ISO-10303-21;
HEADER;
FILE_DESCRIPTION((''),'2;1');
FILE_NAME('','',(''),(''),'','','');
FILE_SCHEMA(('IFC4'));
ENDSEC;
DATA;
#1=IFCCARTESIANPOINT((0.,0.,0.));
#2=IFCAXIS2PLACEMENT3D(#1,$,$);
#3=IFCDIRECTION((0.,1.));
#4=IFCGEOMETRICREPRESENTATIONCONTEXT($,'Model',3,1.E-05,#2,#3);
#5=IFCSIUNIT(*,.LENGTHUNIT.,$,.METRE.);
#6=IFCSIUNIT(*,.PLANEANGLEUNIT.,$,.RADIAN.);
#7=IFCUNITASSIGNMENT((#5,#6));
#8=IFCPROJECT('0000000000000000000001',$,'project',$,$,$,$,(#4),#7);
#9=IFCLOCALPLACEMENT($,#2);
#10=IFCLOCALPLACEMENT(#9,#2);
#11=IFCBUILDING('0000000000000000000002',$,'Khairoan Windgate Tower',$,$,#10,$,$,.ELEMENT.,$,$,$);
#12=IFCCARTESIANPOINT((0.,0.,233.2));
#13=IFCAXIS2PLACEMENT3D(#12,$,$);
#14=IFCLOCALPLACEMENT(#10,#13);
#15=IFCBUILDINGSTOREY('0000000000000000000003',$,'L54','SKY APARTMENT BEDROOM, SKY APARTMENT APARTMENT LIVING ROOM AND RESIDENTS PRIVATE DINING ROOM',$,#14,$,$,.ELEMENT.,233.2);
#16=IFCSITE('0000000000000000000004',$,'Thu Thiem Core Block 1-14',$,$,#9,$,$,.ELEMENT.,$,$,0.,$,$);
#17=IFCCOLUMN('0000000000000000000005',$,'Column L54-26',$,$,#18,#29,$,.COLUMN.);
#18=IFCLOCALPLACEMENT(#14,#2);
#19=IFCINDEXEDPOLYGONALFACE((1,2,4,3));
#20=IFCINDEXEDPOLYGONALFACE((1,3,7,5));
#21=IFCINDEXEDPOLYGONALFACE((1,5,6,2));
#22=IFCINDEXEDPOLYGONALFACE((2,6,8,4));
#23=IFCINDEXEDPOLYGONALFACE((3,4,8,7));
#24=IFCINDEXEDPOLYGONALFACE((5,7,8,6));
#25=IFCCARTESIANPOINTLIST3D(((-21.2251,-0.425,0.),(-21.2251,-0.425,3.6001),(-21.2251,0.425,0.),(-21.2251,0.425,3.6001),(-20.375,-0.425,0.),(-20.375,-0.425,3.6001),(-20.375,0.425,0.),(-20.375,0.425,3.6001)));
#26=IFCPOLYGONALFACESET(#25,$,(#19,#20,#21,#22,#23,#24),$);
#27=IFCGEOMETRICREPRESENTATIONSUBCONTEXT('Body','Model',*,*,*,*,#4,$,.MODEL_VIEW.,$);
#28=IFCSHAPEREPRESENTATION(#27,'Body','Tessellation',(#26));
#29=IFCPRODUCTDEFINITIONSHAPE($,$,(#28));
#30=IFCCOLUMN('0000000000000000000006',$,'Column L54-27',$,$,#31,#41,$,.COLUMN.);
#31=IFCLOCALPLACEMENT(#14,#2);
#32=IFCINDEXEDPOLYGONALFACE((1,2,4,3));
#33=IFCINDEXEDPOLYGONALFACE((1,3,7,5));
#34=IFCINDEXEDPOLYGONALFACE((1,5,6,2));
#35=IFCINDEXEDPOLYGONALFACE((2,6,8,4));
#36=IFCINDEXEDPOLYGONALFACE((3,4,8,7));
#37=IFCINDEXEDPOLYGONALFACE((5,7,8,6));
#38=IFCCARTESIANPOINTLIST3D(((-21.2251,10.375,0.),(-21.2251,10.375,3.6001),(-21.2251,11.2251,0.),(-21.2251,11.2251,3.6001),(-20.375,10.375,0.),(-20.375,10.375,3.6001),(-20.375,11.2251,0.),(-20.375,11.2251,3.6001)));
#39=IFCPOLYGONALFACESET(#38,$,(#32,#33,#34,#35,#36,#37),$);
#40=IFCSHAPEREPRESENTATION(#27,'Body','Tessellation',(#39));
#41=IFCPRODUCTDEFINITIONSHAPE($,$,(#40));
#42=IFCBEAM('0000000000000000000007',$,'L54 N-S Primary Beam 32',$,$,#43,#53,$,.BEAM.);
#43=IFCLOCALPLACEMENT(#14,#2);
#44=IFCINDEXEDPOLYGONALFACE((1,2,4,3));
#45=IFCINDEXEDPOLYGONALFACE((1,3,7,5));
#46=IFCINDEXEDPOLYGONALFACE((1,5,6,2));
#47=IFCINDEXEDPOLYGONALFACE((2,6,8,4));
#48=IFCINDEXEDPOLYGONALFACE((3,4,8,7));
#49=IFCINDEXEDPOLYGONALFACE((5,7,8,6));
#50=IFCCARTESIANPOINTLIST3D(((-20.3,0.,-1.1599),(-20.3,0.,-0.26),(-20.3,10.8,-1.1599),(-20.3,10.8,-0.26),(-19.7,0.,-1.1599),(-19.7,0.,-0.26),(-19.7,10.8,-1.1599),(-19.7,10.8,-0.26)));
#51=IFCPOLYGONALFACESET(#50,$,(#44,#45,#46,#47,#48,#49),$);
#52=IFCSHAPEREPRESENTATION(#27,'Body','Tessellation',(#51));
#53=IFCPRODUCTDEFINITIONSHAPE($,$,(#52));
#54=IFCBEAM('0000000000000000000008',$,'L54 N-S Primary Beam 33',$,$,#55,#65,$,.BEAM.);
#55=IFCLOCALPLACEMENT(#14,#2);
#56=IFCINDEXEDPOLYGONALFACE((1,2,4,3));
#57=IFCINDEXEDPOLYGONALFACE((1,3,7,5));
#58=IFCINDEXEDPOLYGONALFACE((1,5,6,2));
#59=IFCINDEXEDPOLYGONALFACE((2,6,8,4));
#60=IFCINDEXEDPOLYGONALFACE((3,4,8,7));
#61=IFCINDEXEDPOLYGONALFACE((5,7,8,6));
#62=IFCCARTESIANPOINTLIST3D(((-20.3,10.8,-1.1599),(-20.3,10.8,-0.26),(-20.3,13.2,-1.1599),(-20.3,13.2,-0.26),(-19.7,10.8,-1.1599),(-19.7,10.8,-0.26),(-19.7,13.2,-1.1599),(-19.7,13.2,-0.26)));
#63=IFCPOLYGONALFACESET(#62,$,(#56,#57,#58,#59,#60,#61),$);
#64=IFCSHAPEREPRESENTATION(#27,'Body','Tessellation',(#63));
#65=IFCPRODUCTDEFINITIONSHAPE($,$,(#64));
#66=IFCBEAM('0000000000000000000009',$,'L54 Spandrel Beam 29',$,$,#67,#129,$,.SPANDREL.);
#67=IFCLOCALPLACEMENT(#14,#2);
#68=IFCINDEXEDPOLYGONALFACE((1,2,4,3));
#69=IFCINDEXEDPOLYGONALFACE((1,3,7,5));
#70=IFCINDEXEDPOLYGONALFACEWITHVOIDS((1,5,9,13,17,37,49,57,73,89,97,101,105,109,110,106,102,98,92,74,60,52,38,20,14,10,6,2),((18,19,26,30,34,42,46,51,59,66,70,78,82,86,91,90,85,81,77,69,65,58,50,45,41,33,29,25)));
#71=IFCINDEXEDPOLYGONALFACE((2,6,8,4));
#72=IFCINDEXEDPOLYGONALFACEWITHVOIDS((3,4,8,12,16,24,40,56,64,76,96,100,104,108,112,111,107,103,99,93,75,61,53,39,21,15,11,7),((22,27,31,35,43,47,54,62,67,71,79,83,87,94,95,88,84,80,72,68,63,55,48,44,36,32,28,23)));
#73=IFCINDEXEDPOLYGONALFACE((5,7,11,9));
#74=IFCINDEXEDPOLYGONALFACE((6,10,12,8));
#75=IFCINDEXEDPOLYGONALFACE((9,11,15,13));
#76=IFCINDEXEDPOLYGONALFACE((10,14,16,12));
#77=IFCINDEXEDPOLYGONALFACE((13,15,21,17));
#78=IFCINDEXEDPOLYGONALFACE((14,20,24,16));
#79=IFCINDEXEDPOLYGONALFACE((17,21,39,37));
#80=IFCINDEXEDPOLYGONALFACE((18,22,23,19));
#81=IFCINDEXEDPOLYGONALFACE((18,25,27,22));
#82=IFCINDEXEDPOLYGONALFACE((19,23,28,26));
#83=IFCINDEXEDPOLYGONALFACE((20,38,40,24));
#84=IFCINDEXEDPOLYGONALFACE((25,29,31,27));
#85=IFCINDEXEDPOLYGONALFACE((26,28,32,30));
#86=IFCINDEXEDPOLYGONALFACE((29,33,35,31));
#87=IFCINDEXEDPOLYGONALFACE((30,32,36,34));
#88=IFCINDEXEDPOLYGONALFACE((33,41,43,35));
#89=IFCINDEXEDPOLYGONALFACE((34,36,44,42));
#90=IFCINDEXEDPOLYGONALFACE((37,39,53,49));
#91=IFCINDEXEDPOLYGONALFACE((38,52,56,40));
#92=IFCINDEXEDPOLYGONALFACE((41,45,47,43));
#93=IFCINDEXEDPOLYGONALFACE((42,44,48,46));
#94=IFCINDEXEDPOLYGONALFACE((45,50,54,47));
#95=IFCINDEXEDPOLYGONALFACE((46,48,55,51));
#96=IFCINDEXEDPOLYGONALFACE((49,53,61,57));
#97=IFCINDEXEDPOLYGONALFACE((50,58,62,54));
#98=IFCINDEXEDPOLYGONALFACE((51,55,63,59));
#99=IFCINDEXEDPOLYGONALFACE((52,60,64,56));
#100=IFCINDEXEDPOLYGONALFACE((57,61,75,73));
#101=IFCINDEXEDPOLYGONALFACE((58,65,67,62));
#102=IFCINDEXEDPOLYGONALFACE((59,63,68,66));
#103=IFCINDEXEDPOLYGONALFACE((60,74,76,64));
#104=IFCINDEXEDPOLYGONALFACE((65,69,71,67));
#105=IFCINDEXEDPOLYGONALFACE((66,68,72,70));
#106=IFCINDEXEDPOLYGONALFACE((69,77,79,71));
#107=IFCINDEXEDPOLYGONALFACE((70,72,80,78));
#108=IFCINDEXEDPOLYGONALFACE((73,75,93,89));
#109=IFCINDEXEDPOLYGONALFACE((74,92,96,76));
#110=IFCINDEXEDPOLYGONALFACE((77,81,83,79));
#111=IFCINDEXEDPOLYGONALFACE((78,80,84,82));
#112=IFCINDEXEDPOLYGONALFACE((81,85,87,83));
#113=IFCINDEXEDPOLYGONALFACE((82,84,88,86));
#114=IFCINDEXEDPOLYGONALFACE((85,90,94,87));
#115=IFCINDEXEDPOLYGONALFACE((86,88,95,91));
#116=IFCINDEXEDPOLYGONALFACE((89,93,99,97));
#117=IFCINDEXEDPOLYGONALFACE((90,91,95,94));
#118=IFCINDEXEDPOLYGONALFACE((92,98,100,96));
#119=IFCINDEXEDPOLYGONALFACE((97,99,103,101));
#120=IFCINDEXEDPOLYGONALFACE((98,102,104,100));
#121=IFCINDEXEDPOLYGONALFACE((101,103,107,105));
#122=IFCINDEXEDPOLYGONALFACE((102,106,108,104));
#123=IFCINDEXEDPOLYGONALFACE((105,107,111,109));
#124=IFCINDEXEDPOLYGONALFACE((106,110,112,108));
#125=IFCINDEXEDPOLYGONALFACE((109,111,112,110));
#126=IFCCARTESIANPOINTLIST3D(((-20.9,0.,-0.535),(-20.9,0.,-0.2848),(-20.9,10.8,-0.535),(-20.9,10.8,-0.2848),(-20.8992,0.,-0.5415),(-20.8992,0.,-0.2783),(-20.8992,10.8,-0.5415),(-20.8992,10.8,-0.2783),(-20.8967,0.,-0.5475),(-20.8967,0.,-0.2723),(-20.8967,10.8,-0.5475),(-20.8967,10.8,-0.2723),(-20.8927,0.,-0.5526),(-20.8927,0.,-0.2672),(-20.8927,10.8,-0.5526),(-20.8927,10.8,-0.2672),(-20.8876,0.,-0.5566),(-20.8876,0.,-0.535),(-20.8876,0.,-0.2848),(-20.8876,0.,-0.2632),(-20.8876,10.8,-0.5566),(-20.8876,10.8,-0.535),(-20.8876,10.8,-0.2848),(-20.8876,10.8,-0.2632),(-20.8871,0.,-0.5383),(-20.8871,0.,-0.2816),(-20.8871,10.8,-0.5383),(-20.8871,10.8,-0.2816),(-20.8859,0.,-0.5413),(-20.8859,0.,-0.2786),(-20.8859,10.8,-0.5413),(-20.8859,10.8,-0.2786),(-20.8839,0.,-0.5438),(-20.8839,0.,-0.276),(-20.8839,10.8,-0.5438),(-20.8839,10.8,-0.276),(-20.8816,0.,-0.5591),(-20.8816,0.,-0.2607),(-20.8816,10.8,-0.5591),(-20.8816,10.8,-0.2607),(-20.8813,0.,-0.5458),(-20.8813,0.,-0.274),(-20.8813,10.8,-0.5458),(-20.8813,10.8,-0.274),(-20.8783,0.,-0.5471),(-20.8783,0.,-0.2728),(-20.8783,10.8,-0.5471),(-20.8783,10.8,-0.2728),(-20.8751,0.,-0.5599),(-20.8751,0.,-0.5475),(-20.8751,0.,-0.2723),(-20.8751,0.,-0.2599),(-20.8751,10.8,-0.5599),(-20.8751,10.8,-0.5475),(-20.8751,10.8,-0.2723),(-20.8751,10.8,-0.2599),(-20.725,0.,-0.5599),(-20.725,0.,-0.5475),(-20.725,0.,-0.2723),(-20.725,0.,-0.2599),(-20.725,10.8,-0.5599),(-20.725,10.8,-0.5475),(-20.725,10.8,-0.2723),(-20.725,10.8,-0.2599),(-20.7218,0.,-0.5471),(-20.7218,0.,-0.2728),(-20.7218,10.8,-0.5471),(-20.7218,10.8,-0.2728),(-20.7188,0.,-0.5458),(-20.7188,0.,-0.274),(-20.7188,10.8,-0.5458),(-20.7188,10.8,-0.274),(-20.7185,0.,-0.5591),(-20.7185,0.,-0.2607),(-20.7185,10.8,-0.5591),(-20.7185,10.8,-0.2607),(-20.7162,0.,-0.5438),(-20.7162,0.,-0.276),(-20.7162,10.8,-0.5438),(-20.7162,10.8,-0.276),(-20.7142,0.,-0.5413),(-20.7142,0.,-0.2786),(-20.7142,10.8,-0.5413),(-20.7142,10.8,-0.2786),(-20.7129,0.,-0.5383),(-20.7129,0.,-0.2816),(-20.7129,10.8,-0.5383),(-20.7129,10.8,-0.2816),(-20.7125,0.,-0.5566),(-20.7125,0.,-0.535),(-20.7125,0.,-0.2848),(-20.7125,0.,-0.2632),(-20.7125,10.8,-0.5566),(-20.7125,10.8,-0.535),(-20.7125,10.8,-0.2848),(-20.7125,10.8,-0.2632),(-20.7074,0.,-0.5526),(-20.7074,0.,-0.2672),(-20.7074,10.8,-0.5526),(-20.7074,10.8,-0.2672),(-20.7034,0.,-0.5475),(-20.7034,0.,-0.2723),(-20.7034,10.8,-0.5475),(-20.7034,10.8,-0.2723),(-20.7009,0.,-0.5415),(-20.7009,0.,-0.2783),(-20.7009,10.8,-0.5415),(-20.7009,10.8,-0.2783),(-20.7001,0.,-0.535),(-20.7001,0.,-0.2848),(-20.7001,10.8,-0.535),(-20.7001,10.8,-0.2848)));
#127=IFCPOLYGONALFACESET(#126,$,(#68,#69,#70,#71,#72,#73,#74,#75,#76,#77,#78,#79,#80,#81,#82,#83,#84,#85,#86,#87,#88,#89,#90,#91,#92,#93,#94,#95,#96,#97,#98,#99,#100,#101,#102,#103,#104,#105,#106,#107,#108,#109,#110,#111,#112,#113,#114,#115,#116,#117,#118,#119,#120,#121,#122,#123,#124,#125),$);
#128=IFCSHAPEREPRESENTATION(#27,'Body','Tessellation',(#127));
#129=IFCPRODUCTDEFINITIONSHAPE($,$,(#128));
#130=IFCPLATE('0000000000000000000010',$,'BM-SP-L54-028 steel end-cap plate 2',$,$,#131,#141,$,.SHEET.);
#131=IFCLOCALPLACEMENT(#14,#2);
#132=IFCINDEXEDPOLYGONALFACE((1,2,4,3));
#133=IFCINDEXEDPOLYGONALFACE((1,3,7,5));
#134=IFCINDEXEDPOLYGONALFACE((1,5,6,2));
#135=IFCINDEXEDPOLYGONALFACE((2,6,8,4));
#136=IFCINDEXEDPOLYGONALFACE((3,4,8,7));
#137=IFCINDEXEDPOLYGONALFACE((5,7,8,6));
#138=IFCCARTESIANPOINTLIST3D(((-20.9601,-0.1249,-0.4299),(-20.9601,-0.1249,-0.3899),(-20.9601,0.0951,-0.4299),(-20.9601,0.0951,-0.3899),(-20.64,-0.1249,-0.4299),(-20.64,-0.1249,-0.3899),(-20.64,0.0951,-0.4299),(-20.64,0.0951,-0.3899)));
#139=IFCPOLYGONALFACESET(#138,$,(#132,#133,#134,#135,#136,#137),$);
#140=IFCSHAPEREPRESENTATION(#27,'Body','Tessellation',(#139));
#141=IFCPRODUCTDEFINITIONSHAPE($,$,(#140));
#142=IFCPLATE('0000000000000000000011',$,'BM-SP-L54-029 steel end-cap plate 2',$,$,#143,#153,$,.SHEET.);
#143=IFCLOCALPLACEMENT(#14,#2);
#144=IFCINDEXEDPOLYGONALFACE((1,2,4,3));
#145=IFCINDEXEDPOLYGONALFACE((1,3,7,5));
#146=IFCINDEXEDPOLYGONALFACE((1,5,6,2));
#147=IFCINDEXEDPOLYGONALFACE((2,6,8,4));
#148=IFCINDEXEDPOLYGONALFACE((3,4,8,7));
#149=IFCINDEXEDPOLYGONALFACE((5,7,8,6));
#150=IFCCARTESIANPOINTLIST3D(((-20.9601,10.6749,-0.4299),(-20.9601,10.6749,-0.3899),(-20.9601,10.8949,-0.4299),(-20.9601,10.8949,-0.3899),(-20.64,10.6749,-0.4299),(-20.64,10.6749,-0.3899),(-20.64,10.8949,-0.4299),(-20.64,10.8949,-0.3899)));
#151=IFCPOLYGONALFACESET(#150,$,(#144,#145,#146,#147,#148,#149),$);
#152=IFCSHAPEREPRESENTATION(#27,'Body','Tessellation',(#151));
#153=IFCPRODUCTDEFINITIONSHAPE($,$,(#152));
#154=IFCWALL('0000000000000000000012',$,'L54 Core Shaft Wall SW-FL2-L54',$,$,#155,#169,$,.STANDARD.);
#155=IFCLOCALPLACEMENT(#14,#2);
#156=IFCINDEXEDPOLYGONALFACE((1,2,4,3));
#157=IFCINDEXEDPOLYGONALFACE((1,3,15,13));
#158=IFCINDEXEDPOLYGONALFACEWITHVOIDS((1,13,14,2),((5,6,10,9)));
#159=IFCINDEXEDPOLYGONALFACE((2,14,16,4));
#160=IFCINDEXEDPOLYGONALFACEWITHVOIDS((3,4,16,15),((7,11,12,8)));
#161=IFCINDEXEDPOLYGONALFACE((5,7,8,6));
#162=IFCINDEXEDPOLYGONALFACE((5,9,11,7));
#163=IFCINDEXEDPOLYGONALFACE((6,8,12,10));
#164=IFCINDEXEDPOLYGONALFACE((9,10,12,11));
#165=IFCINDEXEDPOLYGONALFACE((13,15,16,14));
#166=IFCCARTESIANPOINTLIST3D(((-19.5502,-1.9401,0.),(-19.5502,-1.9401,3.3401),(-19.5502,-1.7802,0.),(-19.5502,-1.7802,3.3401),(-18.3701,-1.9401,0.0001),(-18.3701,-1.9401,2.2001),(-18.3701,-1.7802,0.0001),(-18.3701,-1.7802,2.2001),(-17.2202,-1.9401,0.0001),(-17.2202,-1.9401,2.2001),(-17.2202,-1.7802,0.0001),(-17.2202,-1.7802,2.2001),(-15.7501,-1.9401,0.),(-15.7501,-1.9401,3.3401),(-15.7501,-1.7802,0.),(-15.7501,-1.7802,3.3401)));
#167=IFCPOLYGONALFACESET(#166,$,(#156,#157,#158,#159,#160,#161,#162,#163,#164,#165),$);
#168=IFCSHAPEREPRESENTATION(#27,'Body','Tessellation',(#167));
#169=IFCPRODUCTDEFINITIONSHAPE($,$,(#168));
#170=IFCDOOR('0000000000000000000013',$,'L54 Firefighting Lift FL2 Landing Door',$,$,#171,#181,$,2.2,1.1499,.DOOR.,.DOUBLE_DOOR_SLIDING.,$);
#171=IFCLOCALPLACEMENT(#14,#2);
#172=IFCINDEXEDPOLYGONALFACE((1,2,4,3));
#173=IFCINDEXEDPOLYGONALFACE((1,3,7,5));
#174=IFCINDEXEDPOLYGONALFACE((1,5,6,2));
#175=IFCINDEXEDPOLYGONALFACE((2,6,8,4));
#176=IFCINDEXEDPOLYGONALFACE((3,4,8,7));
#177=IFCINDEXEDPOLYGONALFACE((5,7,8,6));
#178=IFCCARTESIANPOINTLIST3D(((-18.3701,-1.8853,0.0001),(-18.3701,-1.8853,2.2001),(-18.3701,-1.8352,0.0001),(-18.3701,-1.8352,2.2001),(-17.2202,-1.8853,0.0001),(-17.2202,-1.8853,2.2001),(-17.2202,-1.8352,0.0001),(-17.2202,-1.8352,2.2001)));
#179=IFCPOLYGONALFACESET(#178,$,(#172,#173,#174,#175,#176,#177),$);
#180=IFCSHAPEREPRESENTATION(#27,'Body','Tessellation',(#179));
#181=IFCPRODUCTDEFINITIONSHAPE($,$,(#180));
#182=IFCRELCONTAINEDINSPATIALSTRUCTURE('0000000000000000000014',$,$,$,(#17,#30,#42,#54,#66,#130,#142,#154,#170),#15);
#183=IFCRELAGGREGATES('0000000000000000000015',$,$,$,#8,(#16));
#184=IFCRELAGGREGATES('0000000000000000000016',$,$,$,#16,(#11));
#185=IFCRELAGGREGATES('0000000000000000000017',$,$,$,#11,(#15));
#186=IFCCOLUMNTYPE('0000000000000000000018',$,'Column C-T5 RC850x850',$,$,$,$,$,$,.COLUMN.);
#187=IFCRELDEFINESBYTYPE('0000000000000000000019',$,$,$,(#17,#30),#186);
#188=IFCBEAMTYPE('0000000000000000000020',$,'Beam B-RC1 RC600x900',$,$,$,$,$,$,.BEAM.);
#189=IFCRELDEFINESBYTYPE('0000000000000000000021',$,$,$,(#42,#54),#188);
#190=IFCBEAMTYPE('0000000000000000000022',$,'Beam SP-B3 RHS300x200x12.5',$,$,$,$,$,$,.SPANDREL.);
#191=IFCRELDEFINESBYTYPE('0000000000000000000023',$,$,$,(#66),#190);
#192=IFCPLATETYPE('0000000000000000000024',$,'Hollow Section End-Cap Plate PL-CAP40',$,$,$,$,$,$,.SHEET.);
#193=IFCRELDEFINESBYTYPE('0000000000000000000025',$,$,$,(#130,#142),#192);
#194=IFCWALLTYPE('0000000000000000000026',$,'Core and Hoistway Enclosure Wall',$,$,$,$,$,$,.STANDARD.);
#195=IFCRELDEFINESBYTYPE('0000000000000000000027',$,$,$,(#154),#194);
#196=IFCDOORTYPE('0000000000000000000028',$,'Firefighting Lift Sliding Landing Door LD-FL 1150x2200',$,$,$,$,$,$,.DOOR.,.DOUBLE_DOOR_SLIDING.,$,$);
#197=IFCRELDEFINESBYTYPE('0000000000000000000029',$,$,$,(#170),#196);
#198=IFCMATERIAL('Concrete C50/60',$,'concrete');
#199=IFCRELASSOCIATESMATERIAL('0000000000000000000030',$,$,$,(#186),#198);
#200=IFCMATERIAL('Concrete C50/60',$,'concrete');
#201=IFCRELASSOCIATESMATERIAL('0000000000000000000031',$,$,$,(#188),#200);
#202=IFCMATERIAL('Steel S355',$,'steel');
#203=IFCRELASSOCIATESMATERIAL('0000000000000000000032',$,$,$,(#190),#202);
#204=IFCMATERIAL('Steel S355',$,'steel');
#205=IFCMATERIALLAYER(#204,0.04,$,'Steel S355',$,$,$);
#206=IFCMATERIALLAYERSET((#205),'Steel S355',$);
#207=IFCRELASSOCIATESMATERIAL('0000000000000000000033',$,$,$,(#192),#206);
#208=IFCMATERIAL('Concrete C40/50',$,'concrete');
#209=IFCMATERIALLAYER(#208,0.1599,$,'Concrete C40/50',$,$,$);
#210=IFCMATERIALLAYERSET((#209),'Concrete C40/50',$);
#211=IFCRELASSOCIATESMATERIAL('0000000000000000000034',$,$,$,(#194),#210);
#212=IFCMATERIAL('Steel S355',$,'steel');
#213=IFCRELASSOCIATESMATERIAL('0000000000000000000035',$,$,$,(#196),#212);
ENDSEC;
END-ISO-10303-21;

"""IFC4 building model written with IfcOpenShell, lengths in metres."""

from ifc_helpers import new_model, si_unit, direction, frame, frame_2d, origin, origin_2d, place, context, subcontext, project, spatial, rectangle, hollow_rectangle, extrude, material, layer, layer_set, material_profile, profile_set, type_object, element, fill, save


model = new_model("IFC4")

# Units and contexts
model_context = context("Model", 3, precision=1e-05, world=origin(), true_north=direction((0.0, 1.0)))
body_context = subcontext(model_context, "Body", "Model", "MODEL_VIEW")
ifc_project = project(units=[si_unit("LENGTHUNIT", "METRE"), si_unit("PLANEANGLEUNIT", "RADIAN")], contexts=[model_context])

# Site, building, storey
site_placement = place(None, origin())
site = spatial("IfcSite", under=ifc_project, at=site_placement, Name="Thu Thiem Core Block 1-14", CompositionType="ELEMENT", RefElevation=0.0)
building_placement = place(site_placement, origin())
building = spatial("IfcBuilding", under=site, at=building_placement, Name="Khairoan Windgate Tower", CompositionType="ELEMENT")
storey_placement = place(building_placement, frame((0.0, 0.0, 233.2)))
storey = spatial("IfcBuildingStorey", under=building, at=storey_placement, Name="L54", Description="SKY APARTMENT BEDROOM, SKY APARTMENT APARTMENT LIVING ROOM AND RESIDENTS PRIVATE DINING ROOM", CompositionType="ELEMENT", Elevation=233.2)

# Columns
ifc_material_1 = material(Name="Concrete C50/60", Category="concrete")
ifc_material_profile_1 = material_profile(ifc_material_1, rectangle(XDim=0.8501, YDim=0.8501, at=origin_2d()))
ifc_profile_set_1 = profile_set([ifc_material_profile_1], Name="Concrete C50/60")
column_type = type_object("IfcColumnType", Name="Column C-T5 RC850x850", PredefinedType="COLUMN", material=ifc_profile_set_1)
for number, where, z_axis, x_axis, name in (
    (1, (-20.8, 0.0, 0.0), (0.0, 0.0, 1.0), (1.0, 0.0, 0.0), "Column L54-26"),
    (2, (-20.8, 10.8, 0.0), (0.0, 0.0, 1.0), (1.0, 0.0, 0.0), "Column L54-27"),
):
    element("IfcColumn", number, at=place(storey_placement, frame(where, z_axis=z_axis, x_axis=x_axis)), inside=storey, type_object=column_type, Name=name, PredefinedType="COLUMN", context=body_context, shape_type="SweptSolid", body=[
        extrude(rectangle(XDim=0.8501, YDim=0.8501, at=origin_2d()), origin(), (0.0, 0.0, 1.0), 3.6001),
    ])

# Beams
ifc_material_2 = material(Name="Concrete C50/60", Category="concrete")
ifc_material_profile_2 = material_profile(ifc_material_2, rectangle(XDim=0.6001, YDim=0.8999, at=origin_2d()))
ifc_profile_set_2 = profile_set([ifc_material_profile_2], Name="Concrete C50/60")
beam_type_1 = type_object("IfcBeamType", Name="Beam B-RC1 RC600x900", PredefinedType="BEAM", material=ifc_profile_set_2)
beam_1_placement = place(storey_placement, frame((-20.0, 0.0, -0.71), z_axis=(0.0, 1.0, 0.0), x_axis=(-1.0, 0.0, 0.0)))
element("IfcBeam", 3, at=beam_1_placement, inside=storey, type_object=beam_type_1, Name="L54 N-S Primary Beam 32", PredefinedType="BEAM", context=body_context, shape_type="SweptSolid", body=[
    extrude(rectangle(XDim=0.6001, YDim=0.8999, at=origin_2d()), origin(), (0.0, 0.0, 1.0), 10.8),
])
beam_2_placement = place(storey_placement, frame((-20.0, 10.8, -0.71), z_axis=(0.0, 1.0, 0.0), x_axis=(-1.0, 0.0, 0.0)))
element("IfcBeam", 4, at=beam_2_placement, inside=storey, type_object=beam_type_1, Name="L54 N-S Primary Beam 33", PredefinedType="BEAM", context=body_context, shape_type="SweptSolid", body=[
    extrude(rectangle(XDim=0.6001, YDim=0.8999, at=origin_2d()), origin(), (0.0, 0.0, 1.0), 2.3999),
])
ifc_material_3 = material(Name="Steel S355", Category="steel")
ifc_material_profile_3 = material_profile(ifc_material_3, hollow_rectangle(XDim=0.2, YDim=0.3, WallThickness=0.0125, InnerFilletRadius=0.0125, OuterFilletRadius=0.0249, at=origin_2d()))
ifc_profile_set_3 = profile_set([ifc_material_profile_3], Name="Steel S355")
beam_type_2 = type_object("IfcBeamType", Name="Beam SP-B3 RHS300x200x12.5", PredefinedType="SPANDREL", material=ifc_profile_set_3)
beam_3_placement = place(storey_placement, frame((-20.8, 0.0, -0.4099), z_axis=(0.0, 1.0, 0.0), x_axis=(-1.0, 0.0, 0.0)))
element("IfcBeam", 5, at=beam_3_placement, inside=storey, type_object=beam_type_2, Name="L54 Spandrel Beam 29", PredefinedType="SPANDREL", context=body_context, shape_type="SweptSolid", body=[
    extrude(hollow_rectangle(XDim=0.2, YDim=0.3, WallThickness=0.0125, InnerFilletRadius=0.0125, OuterFilletRadius=0.0249, at=origin_2d()), origin(), (0.0, 0.0, 1.0), 10.8),
])

# Plates
ifc_material_4 = material(Name="Steel S355", Category="steel")
ifc_layer_1 = layer(ifc_material_4, 0.04, Name="Steel S355")
ifc_layer_set_1 = layer_set([ifc_layer_1], Name="Steel S355")
plate_type = type_object("IfcPlateType", Name="Hollow Section End-Cap Plate PL-CAP40", PredefinedType="SHEET", material=ifc_layer_set_1)
for number, where, z_axis, x_axis, name in (
    (6, (-20.8, -0.0149, -0.4299), (0.0, 0.0, 1.0), (0.0, 1.0, 0.0), "BM-SP-L54-028 steel end-cap plate 2"),
    (7, (-20.8, 10.7849, -0.4299), (0.0, 0.0, 1.0), (0.0, 1.0, 0.0), "BM-SP-L54-029 steel end-cap plate 2"),
):
    element("IfcPlate", number, at=place(storey_placement, frame(where, z_axis=z_axis, x_axis=x_axis)), inside=storey, type_object=plate_type, Name=name, PredefinedType="SHEET", context=body_context, shape_type="SweptSolid", body=[
        extrude(rectangle(XDim=0.22, YDim=0.3201, at=origin_2d()), origin(), (0.0, 0.0, 1.0), 0.04),
    ])

# Wall, opening, door
ifc_material_5 = material(Name="Concrete C40/50", Category="concrete")
ifc_layer_2 = layer(ifc_material_5, 0.1599, Name="Concrete C40/50")
ifc_layer_set_2 = layer_set([ifc_layer_2], Name="Concrete C40/50")
wall_type_1 = type_object("IfcWallType", Name="Core and Hoistway Enclosure Wall", PredefinedType="STANDARD", material=ifc_layer_set_2)
wall_1_placement = place(storey_placement, frame((-19.55, -1.8601, 0.0), z_axis=(0.0, 0.0, 1.0), x_axis=(1.0, 0.0, 0.0)))
wall_1 = element("IfcWall", 8, at=wall_1_placement, inside=storey, type_object=wall_type_1, Name="L54 Core Shaft Wall SW-FL2-L54", PredefinedType="STANDARD", context=body_context, shape_type="SweptSolid", body=[
    extrude(rectangle(XDim=3.8, YDim=0.1599, at=frame_2d((1.8999, 0.0))), origin(), (0.0, 0.0, 1.0), 3.3401),
])
opening_1_placement = place(wall_1_placement, frame((1.1799, 0.0, 0.0)))
opening_1 = element("IfcOpeningElement", 9, at=opening_1_placement, cuts=wall_1, PredefinedType="OPENING", context=body_context, shape_type="SweptSolid", body=[
    extrude(rectangle(XDim=1.1499, YDim=2.2, at=frame_2d((0.575, 1.1001))), frame((0.0, 0.0898, 0.0), z_axis=(0.0, -1.0, 0.0), x_axis=(1.0, 0.0, 0.0)), (0.0, 0.0, 1.0), 0.1799),
])
ifc_material_6 = material(Name="Steel S355", Category="steel")
door_type_1 = type_object("IfcDoorType", Name="Firefighting Lift Sliding Landing Door LD-FL 1150x2200", OperationType="DOUBLE_DOOR_SLIDING", PredefinedType="DOOR", material=ifc_material_6)
door_1_placement = place(opening_1_placement, origin())
door_1 = element("IfcDoor", 10, at=door_1_placement, inside=storey, type_object=door_type_1, Name="L54 Firefighting Lift FL2 Landing Door", OperationType="DOUBLE_DOOR_SLIDING", OverallHeight=2.2, OverallWidth=1.1499, PredefinedType="DOOR", context=body_context, shape_type="SweptSolid", body=[
    extrude(rectangle(XDim=1.1499, YDim=2.2, at=frame_2d((0.575, 1.1001))), frame((0.0, 0.0249, 0.0), z_axis=(0.0, -1.0, 0.0), x_axis=(1.0, 0.0, 0.0)), (0.0, 0.0, 1.0), 0.05),
])
fill(opening_1, door_1)

save(model, "model.ifc")
